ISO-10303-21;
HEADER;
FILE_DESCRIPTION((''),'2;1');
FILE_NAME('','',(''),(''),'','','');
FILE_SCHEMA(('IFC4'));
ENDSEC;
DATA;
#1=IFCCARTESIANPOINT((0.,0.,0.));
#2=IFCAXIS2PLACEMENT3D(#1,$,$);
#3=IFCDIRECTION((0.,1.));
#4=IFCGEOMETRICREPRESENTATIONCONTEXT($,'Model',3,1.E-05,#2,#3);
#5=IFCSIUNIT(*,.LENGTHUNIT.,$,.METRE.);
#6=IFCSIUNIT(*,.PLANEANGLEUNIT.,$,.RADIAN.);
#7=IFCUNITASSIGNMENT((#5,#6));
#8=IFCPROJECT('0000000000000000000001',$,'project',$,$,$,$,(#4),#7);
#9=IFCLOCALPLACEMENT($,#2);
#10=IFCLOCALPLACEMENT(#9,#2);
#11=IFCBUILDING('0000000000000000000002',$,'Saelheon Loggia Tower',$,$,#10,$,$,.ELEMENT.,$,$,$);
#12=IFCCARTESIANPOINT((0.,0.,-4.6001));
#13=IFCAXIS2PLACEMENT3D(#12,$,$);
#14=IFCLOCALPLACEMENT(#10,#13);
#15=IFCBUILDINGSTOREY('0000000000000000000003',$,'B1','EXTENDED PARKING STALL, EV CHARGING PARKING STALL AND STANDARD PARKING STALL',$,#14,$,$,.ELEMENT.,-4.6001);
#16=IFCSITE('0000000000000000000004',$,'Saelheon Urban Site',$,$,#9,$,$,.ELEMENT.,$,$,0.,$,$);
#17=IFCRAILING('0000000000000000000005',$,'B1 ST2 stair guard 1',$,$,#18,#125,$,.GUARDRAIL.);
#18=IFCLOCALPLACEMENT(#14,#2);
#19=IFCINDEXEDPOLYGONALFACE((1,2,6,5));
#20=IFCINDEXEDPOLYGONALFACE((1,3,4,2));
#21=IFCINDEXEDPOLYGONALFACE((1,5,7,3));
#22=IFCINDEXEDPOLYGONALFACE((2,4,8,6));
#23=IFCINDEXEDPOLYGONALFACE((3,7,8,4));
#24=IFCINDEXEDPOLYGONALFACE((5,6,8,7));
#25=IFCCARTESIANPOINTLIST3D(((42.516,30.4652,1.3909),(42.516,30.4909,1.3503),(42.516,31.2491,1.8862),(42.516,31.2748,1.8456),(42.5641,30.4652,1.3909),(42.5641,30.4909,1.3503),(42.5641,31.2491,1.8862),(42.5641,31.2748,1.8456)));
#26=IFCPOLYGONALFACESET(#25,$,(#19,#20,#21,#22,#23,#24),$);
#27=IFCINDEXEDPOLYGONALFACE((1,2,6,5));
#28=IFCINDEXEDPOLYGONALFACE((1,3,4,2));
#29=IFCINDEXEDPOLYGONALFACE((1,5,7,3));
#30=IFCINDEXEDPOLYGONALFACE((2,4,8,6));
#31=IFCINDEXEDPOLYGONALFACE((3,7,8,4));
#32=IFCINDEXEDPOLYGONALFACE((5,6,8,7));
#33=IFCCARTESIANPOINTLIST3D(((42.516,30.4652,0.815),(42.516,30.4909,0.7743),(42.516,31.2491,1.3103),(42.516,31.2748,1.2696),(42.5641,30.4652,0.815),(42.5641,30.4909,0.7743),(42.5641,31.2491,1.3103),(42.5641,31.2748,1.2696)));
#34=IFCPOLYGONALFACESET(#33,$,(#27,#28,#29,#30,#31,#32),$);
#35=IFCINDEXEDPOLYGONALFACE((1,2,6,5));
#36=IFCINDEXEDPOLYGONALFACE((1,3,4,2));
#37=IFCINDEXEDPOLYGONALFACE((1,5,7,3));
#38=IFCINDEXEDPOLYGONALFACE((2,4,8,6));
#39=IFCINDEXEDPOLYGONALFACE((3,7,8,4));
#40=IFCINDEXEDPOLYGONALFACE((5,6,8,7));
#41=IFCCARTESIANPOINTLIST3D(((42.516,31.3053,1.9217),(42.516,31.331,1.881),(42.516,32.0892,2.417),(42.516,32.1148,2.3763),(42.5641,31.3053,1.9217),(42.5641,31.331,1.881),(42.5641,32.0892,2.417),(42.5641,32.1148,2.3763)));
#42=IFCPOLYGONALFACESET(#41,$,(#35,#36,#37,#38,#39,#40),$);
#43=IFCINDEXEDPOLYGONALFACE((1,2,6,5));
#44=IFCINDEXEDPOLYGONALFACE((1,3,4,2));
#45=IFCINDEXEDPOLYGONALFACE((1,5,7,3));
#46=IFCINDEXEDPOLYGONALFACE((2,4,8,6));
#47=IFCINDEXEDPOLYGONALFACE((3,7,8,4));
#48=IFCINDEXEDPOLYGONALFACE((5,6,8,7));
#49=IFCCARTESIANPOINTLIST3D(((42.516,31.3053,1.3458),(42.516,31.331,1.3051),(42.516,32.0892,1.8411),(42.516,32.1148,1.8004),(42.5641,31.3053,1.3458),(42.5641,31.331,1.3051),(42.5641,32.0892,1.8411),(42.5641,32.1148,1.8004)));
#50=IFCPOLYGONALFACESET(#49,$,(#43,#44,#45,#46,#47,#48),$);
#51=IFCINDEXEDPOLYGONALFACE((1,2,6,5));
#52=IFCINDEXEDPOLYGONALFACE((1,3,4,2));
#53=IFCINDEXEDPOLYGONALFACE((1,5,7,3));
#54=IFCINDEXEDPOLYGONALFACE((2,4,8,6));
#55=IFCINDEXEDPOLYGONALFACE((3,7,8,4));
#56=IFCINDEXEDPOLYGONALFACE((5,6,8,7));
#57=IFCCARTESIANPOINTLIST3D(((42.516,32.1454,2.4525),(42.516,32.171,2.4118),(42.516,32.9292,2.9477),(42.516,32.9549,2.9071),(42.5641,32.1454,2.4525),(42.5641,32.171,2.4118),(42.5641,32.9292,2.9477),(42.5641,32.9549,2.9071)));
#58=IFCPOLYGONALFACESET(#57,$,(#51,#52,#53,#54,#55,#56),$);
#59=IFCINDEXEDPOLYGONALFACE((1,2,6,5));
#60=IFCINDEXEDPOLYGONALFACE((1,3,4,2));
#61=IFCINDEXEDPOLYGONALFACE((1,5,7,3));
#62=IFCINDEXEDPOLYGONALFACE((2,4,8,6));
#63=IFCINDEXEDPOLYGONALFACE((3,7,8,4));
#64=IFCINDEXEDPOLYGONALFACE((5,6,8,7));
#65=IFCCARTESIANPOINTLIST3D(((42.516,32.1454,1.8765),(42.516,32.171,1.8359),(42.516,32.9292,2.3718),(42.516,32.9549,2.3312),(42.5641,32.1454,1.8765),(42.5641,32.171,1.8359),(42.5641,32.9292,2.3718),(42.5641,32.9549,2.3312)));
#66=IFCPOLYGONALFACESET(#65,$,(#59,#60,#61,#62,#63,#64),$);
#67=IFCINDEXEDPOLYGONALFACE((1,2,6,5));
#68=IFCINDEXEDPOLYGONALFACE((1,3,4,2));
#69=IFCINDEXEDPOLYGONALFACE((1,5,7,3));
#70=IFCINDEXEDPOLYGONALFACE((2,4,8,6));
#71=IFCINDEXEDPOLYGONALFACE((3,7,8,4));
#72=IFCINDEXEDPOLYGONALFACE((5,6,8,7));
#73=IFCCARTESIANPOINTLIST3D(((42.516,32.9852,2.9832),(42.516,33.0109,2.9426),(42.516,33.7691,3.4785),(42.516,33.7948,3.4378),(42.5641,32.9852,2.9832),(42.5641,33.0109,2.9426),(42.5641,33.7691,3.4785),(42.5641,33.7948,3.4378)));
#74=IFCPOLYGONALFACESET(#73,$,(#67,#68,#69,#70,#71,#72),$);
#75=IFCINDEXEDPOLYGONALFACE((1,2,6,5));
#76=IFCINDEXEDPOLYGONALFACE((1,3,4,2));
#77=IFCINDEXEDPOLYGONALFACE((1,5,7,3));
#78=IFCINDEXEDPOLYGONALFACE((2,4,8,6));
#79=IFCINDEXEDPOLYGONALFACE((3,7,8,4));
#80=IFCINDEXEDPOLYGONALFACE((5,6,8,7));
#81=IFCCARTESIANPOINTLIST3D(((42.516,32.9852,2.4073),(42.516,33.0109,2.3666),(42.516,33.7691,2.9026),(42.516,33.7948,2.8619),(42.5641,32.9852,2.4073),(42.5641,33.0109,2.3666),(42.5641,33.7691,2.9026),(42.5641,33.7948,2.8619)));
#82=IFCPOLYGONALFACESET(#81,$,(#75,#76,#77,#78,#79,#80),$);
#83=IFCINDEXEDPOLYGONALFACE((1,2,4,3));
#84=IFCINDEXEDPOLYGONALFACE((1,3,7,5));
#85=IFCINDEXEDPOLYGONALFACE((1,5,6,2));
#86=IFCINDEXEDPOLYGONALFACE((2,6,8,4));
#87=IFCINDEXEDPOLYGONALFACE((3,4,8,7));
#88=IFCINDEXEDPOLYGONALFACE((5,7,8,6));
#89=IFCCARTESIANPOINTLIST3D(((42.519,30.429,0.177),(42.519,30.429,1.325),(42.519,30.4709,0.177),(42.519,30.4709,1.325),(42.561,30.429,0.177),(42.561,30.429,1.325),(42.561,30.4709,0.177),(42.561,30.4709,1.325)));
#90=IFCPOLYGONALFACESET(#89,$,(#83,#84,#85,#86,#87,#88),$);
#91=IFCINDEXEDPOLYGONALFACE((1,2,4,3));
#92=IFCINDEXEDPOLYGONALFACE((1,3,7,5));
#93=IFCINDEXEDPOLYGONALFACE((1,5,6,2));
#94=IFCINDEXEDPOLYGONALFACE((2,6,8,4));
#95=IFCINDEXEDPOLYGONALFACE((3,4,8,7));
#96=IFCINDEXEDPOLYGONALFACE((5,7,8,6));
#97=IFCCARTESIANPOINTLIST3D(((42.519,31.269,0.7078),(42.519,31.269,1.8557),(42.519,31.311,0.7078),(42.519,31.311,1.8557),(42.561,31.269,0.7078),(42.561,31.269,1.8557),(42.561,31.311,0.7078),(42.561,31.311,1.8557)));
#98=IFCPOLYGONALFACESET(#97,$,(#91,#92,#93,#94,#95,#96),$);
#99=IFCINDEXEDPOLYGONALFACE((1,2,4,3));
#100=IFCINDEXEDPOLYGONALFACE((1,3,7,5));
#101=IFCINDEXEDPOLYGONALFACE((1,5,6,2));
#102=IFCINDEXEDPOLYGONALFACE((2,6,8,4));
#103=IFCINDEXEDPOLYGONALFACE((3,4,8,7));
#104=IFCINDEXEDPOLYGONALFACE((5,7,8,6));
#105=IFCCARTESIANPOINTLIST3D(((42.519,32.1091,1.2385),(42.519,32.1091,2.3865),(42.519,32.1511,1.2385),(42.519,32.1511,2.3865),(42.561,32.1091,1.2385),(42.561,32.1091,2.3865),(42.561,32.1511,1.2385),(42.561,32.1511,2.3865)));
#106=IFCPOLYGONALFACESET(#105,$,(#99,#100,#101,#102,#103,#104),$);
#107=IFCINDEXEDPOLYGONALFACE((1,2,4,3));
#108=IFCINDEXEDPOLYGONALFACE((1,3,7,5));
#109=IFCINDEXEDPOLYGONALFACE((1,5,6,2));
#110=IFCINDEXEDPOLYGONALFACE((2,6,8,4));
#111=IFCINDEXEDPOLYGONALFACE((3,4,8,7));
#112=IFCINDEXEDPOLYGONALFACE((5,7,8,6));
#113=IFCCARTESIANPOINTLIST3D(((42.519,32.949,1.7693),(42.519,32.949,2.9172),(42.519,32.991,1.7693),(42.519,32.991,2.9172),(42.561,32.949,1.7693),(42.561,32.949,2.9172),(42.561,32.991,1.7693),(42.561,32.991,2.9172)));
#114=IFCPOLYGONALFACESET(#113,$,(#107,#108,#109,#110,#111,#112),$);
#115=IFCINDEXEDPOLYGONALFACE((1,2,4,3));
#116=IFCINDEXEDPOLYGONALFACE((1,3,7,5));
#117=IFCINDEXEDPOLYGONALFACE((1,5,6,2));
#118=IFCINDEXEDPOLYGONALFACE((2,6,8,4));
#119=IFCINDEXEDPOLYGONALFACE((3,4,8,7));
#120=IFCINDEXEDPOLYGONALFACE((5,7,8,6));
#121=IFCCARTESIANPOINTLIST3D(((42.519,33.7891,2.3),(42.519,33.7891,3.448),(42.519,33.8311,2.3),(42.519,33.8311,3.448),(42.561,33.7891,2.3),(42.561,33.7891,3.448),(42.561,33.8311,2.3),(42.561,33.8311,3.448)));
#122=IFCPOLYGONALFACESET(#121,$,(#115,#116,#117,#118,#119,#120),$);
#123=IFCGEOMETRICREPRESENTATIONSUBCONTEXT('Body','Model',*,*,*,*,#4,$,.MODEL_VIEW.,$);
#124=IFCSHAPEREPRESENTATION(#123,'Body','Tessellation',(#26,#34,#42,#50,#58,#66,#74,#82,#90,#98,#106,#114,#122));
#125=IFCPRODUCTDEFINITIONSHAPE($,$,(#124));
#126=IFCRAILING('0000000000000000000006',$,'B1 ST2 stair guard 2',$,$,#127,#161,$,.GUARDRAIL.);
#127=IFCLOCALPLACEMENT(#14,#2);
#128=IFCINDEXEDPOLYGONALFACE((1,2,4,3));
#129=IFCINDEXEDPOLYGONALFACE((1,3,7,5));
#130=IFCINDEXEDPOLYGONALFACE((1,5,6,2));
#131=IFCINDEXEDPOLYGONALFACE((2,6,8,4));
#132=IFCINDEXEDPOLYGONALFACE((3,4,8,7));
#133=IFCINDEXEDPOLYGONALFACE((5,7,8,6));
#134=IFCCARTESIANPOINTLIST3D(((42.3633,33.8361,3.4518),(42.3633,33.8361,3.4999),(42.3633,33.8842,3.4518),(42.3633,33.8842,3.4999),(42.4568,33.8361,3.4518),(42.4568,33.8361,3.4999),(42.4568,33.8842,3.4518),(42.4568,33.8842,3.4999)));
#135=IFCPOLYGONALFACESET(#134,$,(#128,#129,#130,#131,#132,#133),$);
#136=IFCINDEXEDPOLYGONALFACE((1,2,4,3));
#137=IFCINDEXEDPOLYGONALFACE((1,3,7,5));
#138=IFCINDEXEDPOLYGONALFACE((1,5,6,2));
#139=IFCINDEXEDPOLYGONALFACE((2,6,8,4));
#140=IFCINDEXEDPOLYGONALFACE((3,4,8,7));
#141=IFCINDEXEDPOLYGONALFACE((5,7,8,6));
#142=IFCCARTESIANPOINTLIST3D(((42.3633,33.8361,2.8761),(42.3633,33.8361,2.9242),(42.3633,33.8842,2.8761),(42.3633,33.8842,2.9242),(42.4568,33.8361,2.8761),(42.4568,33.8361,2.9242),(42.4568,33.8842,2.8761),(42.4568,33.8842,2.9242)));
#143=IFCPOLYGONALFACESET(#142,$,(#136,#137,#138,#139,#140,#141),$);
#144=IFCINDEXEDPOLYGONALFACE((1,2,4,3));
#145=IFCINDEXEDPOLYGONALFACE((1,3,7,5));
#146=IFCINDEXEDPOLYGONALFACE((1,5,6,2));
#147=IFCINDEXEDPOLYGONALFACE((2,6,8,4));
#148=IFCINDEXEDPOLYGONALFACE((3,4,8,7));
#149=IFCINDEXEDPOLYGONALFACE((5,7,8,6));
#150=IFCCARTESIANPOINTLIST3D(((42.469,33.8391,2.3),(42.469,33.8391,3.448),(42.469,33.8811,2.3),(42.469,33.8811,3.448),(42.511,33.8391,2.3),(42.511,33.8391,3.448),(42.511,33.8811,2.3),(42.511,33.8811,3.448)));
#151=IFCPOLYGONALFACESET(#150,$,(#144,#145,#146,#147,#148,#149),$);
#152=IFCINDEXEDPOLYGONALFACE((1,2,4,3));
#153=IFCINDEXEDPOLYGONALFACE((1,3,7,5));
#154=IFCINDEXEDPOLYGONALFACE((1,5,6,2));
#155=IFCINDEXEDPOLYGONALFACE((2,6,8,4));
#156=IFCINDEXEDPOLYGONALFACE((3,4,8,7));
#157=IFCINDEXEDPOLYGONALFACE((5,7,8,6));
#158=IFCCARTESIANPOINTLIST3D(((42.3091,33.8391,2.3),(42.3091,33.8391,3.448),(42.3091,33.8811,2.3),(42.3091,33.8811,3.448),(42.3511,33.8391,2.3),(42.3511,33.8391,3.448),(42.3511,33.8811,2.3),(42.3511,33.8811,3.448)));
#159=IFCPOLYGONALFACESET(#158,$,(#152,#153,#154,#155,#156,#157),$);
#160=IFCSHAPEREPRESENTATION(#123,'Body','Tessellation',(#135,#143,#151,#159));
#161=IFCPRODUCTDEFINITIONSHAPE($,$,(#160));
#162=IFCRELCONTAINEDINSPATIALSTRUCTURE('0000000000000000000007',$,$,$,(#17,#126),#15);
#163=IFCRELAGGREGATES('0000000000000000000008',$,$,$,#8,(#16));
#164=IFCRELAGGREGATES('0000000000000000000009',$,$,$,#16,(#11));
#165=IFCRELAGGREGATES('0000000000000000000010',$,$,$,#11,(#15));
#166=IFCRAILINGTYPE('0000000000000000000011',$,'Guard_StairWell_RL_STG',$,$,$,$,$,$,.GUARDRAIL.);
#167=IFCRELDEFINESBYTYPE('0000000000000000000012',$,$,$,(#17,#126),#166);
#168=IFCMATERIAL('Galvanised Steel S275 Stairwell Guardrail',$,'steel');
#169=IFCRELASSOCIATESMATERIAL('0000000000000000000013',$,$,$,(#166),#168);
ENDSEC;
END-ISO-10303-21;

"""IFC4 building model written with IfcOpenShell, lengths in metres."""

from ifc_helpers import new_model, si_unit, direction, frame, origin, origin_2d, place, context, subcontext, project, spatial, rectangle, extrude, material, type_object, element, save


model = new_model("IFC4")

# Units and contexts
model_context = context("Model", 3, precision=1e-05, world=origin(), true_north=direction((0.0, 1.0)))
body_context = subcontext(model_context, "Body", "Model", "MODEL_VIEW")
ifc_project = project(units=[si_unit("LENGTHUNIT", "METRE"), si_unit("PLANEANGLEUNIT", "RADIAN")], contexts=[model_context])

# Site, building, storey
site_placement = place(None, origin())
site = spatial("IfcSite", under=ifc_project, at=site_placement, Name="Saelheon Urban Site", CompositionType="ELEMENT", RefElevation=0.0)
building_placement = place(site_placement, origin())
building = spatial("IfcBuilding", under=site, at=building_placement, Name="Saelheon Loggia Tower", CompositionType="ELEMENT")
storey_placement = place(building_placement, frame((0.0, 0.0, -4.6001)))
storey = spatial("IfcBuildingStorey", under=building, at=storey_placement, Name="B1", Description="EXTENDED PARKING STALL, EV CHARGING PARKING STALL AND STANDARD PARKING STALL", CompositionType="ELEMENT", Elevation=-4.6001)

# Railings
ifc_material_1 = material(Name="Galvanised Steel S275 Stairwell Guardrail", Category="steel")
railing_type_1 = type_object("IfcRailingType", Name="Guard_StairWell_RL_STG", PredefinedType="GUARDRAIL", material=ifc_material_1)
railing_1_placement = place(storey_placement, frame((42.54, 30.45, 0.177)))
element("IfcRailing", 1, at=railing_1_placement, inside=storey, type_object=railing_type_1, Name="B1 ST2 stair guard 1", PredefinedType="GUARDRAIL", context=body_context, shape_type="SweptSolid", body=[
    extrude(rectangle(XDim=0.0481, YDim=0.0481, at=origin_2d()), frame((0.0, 0.0281, 1.1936), z_axis=(0.0, 0.84539, 0.53415), x_axis=(-1.0, 0.0, 0.0)), (0.0, 0.0, 1.0), 0.9272),
    extrude(rectangle(XDim=0.0481, YDim=0.0481, at=origin_2d()), frame((0.0, 0.0281, 0.6177), z_axis=(0.0, 0.84539, 0.53415), x_axis=(-1.0, 0.0, 0.0)), (0.0, 0.0, 1.0), 0.9272),
    extrude(rectangle(XDim=0.0481, YDim=0.0481, at=origin_2d()), frame((0.0, 0.8682, 1.7244), z_axis=(0.0, 0.84539, 0.53415), x_axis=(-1.0, 0.0, 0.0)), (0.0, 0.0, 1.0), 0.9272),
    extrude(rectangle(XDim=0.0481, YDim=0.0481, at=origin_2d()), frame((0.0, 0.8682, 1.1484), z_axis=(0.0, 0.84539, 0.53415), x_axis=(-1.0, 0.0, 0.0)), (0.0, 0.0, 1.0), 0.9272),
    extrude(rectangle(XDim=0.0481, YDim=0.0481, at=origin_2d()), frame((0.0, 1.7083, 2.2551), z_axis=(0.0, 0.84539, 0.53415), x_axis=(-1.0, 0.0, 0.0)), (0.0, 0.0, 1.0), 0.9272),
    extrude(rectangle(XDim=0.0481, YDim=0.0481, at=origin_2d()), frame((0.0, 1.7083, 1.6792), z_axis=(0.0, 0.84539, 0.53415), x_axis=(-1.0, 0.0, 0.0)), (0.0, 0.0, 1.0), 0.9272),
    extrude(rectangle(XDim=0.0481, YDim=0.0481, at=origin_2d()), frame((0.0, 2.5481, 2.7859), z_axis=(0.0, 0.84539, 0.53415), x_axis=(-1.0, 0.0, 0.0)), (0.0, 0.0, 1.0), 0.9272),
    extrude(rectangle(XDim=0.0481, YDim=0.0481, at=origin_2d()), frame((0.0, 2.5481, 2.21), z_axis=(0.0, 0.84539, 0.53415), x_axis=(-1.0, 0.0, 0.0)), (0.0, 0.0, 1.0), 0.9272),
    extrude(rectangle(XDim=0.042, YDim=0.042, at=origin_2d()), origin(), (0.0, 0.0, 1.0), 1.1479),
    extrude(rectangle(XDim=0.042, YDim=0.042, at=origin_2d()), frame((0.0, 0.8401, 0.5308)), (0.0, 0.0, 1.0), 1.1479),
    extrude(rectangle(XDim=0.042, YDim=0.042, at=origin_2d()), frame((0.0, 1.6802, 1.0615)), (0.0, 0.0, 1.0), 1.1479),
    extrude(rectangle(XDim=0.042, YDim=0.042, at=origin_2d()), frame((0.0, 2.52, 1.5923)), (0.0, 0.0, 1.0), 1.1479),
    extrude(rectangle(XDim=0.042, YDim=0.042, at=origin_2d()), frame((0.0, 3.3601, 2.123)), (0.0, 0.0, 1.0), 1.1479),
])
railing_2_placement = place(storey_placement, frame((42.49, 33.8601, 2.3)))
element("IfcRailing", 2, at=railing_2_placement, inside=storey, type_object=railing_type_1, Name="B1 ST2 stair guard 2", PredefinedType="GUARDRAIL", context=body_context, shape_type="SweptSolid", body=[
    extrude(rectangle(XDim=0.0481, YDim=0.0481, at=origin_2d()), frame((-0.0332, 0.0, 1.1758), z_axis=(-1.0, 0.0, 0.0), x_axis=(0.0, -1.0, 0.0)), (0.0, 0.0, 1.0), 0.0935),
    extrude(rectangle(XDim=0.0481, YDim=0.0481, at=origin_2d()), frame((-0.0332, 0.0, 0.6001), z_axis=(-1.0, 0.0, 0.0), x_axis=(0.0, -1.0, 0.0)), (0.0, 0.0, 1.0), 0.0935),
    extrude(rectangle(XDim=0.042, YDim=0.042, at=origin_2d()), origin(), (0.0, 0.0, 1.0), 1.1479),
    extrude(rectangle(XDim=0.042, YDim=0.042, at=origin_2d()), frame((-0.1599, 0.0, 0.0)), (0.0, 0.0, 1.0), 1.1479),
])

save(model, "model.ifc")
